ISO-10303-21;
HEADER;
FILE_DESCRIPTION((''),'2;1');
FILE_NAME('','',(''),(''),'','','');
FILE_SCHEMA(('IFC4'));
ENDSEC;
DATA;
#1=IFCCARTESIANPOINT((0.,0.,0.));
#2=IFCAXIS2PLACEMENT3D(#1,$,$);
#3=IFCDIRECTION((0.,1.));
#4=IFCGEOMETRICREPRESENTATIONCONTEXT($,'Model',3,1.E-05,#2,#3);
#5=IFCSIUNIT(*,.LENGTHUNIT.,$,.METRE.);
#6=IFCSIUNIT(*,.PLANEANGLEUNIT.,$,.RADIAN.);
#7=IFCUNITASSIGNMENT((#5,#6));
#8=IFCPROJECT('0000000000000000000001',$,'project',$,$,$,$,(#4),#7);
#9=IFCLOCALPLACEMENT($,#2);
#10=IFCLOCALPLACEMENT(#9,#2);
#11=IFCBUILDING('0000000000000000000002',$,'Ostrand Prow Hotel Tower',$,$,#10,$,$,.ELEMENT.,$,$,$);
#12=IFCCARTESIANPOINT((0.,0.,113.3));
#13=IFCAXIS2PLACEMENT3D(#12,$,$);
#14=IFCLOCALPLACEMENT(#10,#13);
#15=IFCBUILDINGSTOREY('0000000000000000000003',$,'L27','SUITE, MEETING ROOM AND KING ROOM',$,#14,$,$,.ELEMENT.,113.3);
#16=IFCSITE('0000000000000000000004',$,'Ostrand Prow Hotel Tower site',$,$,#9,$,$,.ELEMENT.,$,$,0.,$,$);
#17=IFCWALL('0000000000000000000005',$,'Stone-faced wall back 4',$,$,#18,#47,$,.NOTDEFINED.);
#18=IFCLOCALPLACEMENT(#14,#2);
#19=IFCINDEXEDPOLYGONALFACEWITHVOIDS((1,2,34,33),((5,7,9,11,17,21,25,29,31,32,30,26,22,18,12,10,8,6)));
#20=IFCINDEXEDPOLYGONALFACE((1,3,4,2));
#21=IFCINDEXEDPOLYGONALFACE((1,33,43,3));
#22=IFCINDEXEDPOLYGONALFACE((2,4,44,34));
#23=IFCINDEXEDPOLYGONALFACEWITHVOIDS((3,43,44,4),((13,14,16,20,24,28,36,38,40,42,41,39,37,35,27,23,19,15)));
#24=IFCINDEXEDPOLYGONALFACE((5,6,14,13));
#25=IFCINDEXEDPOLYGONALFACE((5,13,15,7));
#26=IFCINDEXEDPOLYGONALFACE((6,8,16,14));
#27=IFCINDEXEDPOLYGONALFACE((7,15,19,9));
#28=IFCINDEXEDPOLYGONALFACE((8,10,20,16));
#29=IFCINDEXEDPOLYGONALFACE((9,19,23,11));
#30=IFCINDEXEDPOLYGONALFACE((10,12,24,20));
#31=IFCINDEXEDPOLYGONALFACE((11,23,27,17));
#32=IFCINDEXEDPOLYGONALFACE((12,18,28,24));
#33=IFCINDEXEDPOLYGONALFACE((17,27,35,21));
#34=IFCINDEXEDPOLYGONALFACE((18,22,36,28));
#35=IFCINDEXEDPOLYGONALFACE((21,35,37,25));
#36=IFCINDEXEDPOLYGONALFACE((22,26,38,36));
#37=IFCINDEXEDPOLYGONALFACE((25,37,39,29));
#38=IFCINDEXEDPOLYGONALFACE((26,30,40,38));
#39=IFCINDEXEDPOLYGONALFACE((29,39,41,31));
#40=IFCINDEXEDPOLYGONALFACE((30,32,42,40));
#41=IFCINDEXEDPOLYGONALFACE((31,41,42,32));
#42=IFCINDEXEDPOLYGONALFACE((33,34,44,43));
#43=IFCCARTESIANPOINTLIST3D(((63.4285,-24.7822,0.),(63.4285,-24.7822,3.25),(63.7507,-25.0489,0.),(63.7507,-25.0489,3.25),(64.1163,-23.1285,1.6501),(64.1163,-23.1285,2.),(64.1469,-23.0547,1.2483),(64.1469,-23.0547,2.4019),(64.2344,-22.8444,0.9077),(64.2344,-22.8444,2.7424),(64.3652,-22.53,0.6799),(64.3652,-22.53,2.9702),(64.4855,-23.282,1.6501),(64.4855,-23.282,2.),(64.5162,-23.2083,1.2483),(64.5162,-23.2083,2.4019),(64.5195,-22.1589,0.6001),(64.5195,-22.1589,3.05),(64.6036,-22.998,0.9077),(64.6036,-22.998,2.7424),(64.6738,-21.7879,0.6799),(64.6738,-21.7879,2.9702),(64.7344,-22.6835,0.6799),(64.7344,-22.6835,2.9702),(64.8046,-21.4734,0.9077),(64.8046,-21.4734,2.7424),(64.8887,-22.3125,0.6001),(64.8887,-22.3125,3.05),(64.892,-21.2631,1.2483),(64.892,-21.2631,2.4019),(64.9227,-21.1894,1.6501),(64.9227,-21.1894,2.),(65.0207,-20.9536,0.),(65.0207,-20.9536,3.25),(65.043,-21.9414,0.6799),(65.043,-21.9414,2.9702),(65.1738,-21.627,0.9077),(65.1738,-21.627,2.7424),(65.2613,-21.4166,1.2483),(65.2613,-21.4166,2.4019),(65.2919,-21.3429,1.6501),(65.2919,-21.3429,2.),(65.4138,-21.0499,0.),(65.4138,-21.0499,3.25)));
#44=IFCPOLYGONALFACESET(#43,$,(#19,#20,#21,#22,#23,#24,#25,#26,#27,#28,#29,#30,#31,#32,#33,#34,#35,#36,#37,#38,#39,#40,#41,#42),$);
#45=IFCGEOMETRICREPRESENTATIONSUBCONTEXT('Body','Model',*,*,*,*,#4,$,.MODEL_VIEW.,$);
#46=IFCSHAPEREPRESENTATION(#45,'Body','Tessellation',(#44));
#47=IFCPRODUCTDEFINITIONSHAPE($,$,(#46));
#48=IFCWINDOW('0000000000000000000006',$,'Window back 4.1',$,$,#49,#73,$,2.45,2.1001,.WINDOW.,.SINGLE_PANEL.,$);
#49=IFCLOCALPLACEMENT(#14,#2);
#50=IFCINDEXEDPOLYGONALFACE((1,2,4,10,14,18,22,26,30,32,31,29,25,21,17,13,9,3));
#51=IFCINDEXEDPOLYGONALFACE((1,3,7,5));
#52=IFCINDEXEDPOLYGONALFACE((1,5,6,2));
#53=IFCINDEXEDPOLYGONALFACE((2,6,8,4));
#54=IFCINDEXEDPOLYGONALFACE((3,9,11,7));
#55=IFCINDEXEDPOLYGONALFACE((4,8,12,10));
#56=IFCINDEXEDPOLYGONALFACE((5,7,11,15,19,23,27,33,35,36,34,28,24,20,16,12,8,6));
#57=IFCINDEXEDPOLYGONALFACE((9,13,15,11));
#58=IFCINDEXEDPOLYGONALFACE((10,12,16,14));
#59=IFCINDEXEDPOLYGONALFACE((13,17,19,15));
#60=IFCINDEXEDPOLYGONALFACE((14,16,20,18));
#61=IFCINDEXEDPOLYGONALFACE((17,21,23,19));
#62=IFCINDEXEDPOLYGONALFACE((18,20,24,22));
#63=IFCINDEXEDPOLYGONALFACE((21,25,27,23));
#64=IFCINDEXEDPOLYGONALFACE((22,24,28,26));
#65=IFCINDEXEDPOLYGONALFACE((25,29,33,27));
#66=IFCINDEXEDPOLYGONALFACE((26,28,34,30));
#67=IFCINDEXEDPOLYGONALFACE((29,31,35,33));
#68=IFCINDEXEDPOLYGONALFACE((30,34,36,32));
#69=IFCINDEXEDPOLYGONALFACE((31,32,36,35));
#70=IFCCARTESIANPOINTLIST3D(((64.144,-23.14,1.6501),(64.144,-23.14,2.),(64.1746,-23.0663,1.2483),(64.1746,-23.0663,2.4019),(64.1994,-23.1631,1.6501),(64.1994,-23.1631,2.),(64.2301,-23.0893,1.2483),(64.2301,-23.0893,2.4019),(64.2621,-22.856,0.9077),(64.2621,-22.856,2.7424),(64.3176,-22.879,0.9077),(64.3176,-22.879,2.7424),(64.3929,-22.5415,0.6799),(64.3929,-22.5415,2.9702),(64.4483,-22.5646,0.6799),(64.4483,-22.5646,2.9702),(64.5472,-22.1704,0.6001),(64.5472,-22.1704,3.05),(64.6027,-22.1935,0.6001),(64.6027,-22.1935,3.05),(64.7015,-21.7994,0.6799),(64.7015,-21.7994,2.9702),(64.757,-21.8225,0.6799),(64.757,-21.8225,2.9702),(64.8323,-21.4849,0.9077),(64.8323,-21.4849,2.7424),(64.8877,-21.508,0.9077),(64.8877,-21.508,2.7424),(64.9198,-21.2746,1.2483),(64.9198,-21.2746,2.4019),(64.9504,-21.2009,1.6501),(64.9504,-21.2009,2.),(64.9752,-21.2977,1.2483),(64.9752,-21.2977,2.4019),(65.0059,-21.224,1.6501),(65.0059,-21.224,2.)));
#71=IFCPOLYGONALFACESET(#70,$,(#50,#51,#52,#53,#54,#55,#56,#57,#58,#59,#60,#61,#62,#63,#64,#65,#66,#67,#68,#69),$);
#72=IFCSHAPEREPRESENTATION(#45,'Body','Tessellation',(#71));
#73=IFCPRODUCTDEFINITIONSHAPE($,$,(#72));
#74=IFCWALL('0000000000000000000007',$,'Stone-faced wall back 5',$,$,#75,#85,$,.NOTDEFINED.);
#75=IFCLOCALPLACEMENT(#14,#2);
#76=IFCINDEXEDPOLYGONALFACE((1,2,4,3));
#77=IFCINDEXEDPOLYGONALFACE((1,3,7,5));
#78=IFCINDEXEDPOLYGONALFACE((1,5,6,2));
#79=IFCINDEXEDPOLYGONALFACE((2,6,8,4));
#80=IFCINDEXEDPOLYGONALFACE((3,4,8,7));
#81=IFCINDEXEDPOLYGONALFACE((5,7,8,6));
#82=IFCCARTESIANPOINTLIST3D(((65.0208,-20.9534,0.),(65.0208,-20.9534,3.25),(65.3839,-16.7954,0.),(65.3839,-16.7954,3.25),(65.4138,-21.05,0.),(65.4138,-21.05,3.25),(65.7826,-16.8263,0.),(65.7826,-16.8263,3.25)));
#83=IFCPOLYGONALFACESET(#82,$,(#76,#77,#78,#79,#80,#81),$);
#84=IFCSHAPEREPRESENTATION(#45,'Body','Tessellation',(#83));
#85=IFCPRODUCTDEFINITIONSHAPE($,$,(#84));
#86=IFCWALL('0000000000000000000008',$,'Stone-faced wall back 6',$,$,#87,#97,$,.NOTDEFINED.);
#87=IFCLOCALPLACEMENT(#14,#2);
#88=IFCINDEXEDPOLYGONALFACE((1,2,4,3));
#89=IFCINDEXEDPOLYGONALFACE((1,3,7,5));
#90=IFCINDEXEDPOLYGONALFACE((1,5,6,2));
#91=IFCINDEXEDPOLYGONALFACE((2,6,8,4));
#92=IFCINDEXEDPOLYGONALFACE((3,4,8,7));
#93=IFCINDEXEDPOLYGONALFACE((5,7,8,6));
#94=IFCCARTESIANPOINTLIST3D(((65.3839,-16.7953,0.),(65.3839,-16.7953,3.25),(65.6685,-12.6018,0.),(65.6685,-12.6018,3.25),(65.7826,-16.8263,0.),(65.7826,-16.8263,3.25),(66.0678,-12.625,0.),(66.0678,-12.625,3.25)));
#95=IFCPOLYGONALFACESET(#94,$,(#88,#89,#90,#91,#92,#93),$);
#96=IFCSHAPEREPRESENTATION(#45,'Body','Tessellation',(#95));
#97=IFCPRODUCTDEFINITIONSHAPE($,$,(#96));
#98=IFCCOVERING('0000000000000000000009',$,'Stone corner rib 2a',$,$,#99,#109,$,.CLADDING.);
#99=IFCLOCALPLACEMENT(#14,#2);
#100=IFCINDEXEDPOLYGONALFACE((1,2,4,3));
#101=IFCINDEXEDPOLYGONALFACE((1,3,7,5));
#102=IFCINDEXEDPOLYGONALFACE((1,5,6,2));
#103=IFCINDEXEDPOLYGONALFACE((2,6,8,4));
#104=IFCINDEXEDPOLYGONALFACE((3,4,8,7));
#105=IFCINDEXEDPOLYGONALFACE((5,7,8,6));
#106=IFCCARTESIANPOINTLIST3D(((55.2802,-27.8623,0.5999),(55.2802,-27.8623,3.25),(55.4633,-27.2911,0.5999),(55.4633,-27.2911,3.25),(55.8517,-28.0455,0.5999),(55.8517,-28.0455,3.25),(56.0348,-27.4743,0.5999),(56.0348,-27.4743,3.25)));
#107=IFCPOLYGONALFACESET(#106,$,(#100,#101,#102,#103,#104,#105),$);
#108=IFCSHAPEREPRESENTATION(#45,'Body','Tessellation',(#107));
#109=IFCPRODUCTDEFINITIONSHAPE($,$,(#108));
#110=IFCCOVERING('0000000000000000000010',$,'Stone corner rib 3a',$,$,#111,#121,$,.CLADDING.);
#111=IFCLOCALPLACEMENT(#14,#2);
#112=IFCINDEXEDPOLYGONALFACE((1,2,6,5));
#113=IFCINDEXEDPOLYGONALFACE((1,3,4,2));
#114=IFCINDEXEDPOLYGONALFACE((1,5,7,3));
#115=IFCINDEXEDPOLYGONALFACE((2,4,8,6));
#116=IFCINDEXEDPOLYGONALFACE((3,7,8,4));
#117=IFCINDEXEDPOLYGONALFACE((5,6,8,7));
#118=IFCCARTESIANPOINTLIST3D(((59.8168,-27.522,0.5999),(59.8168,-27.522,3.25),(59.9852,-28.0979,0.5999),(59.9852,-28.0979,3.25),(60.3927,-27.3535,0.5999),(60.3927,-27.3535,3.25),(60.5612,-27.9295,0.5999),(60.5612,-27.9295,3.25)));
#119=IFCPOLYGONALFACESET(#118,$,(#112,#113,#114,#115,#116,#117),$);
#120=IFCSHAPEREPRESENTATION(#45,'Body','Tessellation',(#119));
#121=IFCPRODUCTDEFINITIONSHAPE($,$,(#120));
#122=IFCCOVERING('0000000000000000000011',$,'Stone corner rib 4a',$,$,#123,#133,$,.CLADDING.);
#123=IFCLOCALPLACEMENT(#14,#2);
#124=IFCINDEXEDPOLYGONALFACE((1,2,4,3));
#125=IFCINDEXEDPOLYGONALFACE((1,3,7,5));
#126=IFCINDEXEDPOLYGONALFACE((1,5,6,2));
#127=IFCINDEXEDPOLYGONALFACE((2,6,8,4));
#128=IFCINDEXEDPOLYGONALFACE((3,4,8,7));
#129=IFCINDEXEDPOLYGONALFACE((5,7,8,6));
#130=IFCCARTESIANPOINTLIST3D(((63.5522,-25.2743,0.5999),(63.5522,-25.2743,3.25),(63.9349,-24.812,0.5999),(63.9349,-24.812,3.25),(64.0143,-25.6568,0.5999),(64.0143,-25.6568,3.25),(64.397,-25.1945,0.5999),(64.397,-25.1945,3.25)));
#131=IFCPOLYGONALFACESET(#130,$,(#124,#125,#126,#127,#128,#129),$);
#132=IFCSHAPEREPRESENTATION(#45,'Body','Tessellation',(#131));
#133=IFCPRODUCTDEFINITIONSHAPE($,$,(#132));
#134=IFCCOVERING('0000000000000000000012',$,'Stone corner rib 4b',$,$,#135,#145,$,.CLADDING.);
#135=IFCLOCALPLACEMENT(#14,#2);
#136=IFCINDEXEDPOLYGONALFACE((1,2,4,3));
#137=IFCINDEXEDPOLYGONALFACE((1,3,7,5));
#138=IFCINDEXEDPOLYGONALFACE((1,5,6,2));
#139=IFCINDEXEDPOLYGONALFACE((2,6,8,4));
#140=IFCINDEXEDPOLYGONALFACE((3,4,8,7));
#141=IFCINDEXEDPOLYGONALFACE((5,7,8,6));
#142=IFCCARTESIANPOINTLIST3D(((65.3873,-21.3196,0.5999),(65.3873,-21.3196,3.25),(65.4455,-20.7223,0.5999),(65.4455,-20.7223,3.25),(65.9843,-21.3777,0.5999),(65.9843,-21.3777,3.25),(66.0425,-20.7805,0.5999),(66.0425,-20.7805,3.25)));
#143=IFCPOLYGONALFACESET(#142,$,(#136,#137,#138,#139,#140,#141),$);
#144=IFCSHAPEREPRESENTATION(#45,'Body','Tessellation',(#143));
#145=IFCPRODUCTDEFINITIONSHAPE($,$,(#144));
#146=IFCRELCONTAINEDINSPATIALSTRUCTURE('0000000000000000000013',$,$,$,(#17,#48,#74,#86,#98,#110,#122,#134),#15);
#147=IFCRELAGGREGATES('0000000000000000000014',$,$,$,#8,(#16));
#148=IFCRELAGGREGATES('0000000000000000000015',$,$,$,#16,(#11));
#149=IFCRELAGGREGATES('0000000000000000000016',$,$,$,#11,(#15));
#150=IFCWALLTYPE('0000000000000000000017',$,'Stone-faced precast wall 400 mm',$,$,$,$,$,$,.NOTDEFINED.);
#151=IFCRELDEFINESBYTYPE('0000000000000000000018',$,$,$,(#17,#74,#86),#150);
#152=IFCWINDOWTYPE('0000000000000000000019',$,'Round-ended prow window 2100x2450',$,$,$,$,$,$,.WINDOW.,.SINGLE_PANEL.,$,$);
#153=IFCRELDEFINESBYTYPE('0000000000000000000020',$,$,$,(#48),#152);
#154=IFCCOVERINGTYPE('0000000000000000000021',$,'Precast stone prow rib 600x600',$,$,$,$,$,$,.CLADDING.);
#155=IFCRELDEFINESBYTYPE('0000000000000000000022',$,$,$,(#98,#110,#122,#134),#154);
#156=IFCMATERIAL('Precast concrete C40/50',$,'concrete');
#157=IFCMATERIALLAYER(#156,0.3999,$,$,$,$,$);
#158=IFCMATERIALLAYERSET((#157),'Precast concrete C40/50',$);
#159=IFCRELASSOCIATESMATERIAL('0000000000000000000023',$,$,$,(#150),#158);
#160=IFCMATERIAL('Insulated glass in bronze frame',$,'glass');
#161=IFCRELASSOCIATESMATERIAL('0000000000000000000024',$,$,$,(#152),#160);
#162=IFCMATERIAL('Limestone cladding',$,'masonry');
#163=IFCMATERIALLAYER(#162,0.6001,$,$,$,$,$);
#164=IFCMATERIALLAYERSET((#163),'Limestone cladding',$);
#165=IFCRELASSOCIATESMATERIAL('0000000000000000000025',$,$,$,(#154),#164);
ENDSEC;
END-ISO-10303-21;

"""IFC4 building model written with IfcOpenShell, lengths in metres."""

from ifc_helpers import new_model, si_unit, direction, frame, frame_2d, origin, place, context, subcontext, project, spatial, polyline, rectangle, outline, extrude, material, layer, layer_set, type_object, element, fill, save


model = new_model("IFC4")

# Units and contexts
model_context = context("Model", 3, precision=1e-05, world=origin(), true_north=direction((0.0, 1.0)))
body_context = subcontext(model_context, "Body", "Model", "MODEL_VIEW")
ifc_project = project(units=[si_unit("LENGTHUNIT", "METRE"), si_unit("PLANEANGLEUNIT", "RADIAN")], contexts=[model_context])

# Site, building, storey
site_placement = place(None, origin())
site = spatial("IfcSite", under=ifc_project, at=site_placement, Name="Ostrand Prow Hotel Tower site", CompositionType="ELEMENT", RefElevation=0.0)
building_placement = place(site_placement, origin())
building = spatial("IfcBuilding", under=site, at=building_placement, Name="Ostrand Prow Hotel Tower", CompositionType="ELEMENT")
storey_placement = place(building_placement, frame((0.0, 0.0, 113.3)))
storey = spatial("IfcBuildingStorey", under=building, at=storey_placement, Name="L27", Description="SUITE, MEETING ROOM AND KING ROOM", CompositionType="ELEMENT", Elevation=113.3)

# Wall, opening, window
ifc_material_1 = material(Name="Precast concrete C40/50", Category="concrete")
ifc_layer_1 = layer(ifc_material_1, 0.3999)
ifc_layer_set_1 = layer_set([ifc_layer_1], Name="Precast concrete C40/50")
wall_type_1 = type_object("IfcWallType", Name="Stone-faced precast wall 400 mm", PredefinedType="NOTDEFINED", material=ifc_layer_set_1)
wall_1_placement = place(storey_placement, frame((63.5896, -24.9155, 0.0), z_axis=(0.0, 0.0, 1.0), x_axis=(0.383998, 0.923334, 0.0)))
wall_1 = element("IfcWall", 1, at=wall_1_placement, inside=storey, type_object=wall_type_1, Name="Stone-faced wall back 4", PredefinedType="NOTDEFINED", context=body_context, shape_type="SweptSolid", body=[
    extrude(outline(polyline([(-0.0613, -0.2), (4.2698, -0.2), (4.2078, 0.2), (0.0613, 0.2), (-0.0613, -0.2)])), origin(), (0.0, 0.0, 1.0), 3.25),
])
opening_1_placement = place(wall_1_placement, frame((1.8523, 0.0, 0.6001)))
opening_1 = element("IfcOpeningElement", 2, at=opening_1_placement, cuts=wall_1, PredefinedType="OPENING", context=body_context, shape_type="SweptSolid", body=[
    extrude(outline(polyline([(0.0, 1.3999), (0.0798, 1.8018), (0.3076, 2.1423), (0.6482, 2.3701), (1.05, 2.45), (1.4519, 2.3701), (1.7925, 2.1423), (2.0203, 1.8018), (2.1001, 1.3999), (2.1001, 1.05), (2.0203, 0.6482), (1.7925, 0.3076), (1.4519, 0.0798), (1.05, 0.0), (0.6482, 0.0798), (0.3076, 0.3076), (0.0798, 0.6482), (0.0, 1.05), (0.0, 1.3999)])), frame((0.0, 0.21, 0.0), z_axis=(0.0, -1.0, 0.0), x_axis=(1.0, 0.0, 0.0)), (0.0, 0.0, 1.0), 0.4199),
])
ifc_material_2 = material(Name="Insulated glass in bronze frame", Category="glass")
window_type_1 = type_object("IfcWindowType", Name="Round-ended prow window 2100x2450", PartitioningType="SINGLE_PANEL", PredefinedType="WINDOW", material=ifc_material_2)
window_1_placement = place(opening_1_placement, origin())
window_1 = element("IfcWindow", 3, at=window_1_placement, inside=storey, type_object=window_type_1, Name="Window back 4.1", OverallHeight=2.45, OverallWidth=2.1001, PartitioningType="SINGLE_PANEL", PredefinedType="WINDOW", context=body_context, shape_type="SweptSolid", body=[
    extrude(outline(polyline([(0.0, 1.3999), (0.0798, 1.8018), (0.3076, 2.1423), (0.6482, 2.3701), (1.05, 2.45), (1.4519, 2.3701), (1.7925, 2.1423), (2.0203, 1.8018), (2.1001, 1.3999), (2.1001, 1.05), (2.0203, 0.6482), (1.7925, 0.3076), (1.4519, 0.0798), (1.05, 0.0), (0.6482, 0.0798), (0.3076, 0.3076), (0.0798, 0.6482), (0.0, 1.05), (0.0, 1.3999)])), frame((0.0, 0.1699, 0.0), z_axis=(0.0, -1.0, 0.0), x_axis=(1.0, 0.0, 0.0)), (0.0, 0.0, 1.0), 0.0601),
])
fill(opening_1, window_1)

# Walls
wall_2_placement = place(storey_placement, frame((65.2173, -21.0017, 0.0), z_axis=(0.0, 0.0, 1.0), x_axis=(0.086993, 0.996209, 0.0)))
element("IfcWall", 4, at=wall_2_placement, inside=storey, type_object=wall_type_1, Name="Stone-faced wall back 5", PredefinedType="NOTDEFINED", context=body_context, shape_type="SweptSolid", body=[
    extrude(outline(polyline([(-0.031, -0.2), (4.2087, -0.2), (4.2048, 0.2), (0.031, 0.2), (-0.031, -0.2)])), origin(), (0.0, 0.0, 1.0), 3.25),
])
wall_3_placement = place(storey_placement, frame((65.5833, -16.8108, 0.0), z_axis=(0.0, 0.0, 1.0), x_axis=(0.067725, 0.997704, 0.0)))
element("IfcWall", 5, at=wall_3_placement, inside=storey, type_object=wall_type_1, Name="Stone-faced wall back 6", PredefinedType="NOTDEFINED", context=body_context, shape_type="SweptSolid", body=[
    extrude(outline(polyline([(-0.002, -0.2), (4.209, -0.2), (4.2051, 0.2), (0.002, 0.2), (-0.002, -0.2)])), origin(), (0.0, 0.0, 1.0), 3.25),
])

# Coverings
ifc_material_3 = material(Name="Limestone cladding", Category="masonry")
ifc_layer_2 = layer(ifc_material_3, 0.6001)
ifc_layer_set_2 = layer_set([ifc_layer_2], Name="Limestone cladding")
covering_type = type_object("IfcCoveringType", Name="Precast stone prow rib 600x600", PredefinedType="CLADDING", material=ifc_layer_set_2)
covering_1_placement = place(storey_placement, frame((55.749, -27.3828, 0.5999), z_axis=(0.0, 0.0, 1.0), x_axis=(-0.305219, -0.952282, 0.0)))
element("IfcCovering", 6, at=covering_1_placement, inside=storey, type_object=covering_type, Name="Stone corner rib 2a", PredefinedType="CLADDING", context=body_context, shape_type="SweptSolid", body=[
    extrude(rectangle(XDim=0.5999, YDim=0.6001, at=frame_2d((0.2998, 0.0))), origin(), (0.0, 0.0, 1.0), 2.6501),
])
covering_2_placement = place(storey_placement, frame((60.1047, -27.4377, 0.5999), z_axis=(0.0, 0.0, 1.0), x_axis=(0.280734, -0.959786, 0.0)))
element("IfcCovering", 7, at=covering_2_placement, inside=storey, type_object=covering_type, Name="Stone corner rib 3a", PredefinedType="CLADDING", context=body_context, shape_type="SweptSolid", body=[
    extrude(rectangle(XDim=0.6001, YDim=0.6001, at=frame_2d((0.3, 0.0))), origin(), (0.0, 0.0, 1.0), 2.6501),
])
for number, where, z_axis, x_axis, name in (
    (8, (63.7437, -25.0432, 0.5999), (0.0, 0.0, 1.0), (0.770319, -0.637659, 0.0), "Stone corner rib 4a"),
    (9, (65.4165, -21.021, 0.5999), (0.0, 0.0, 1.0), (0.995296, -0.096884, 0.0), "Stone corner rib 4b"),
):
    element("IfcCovering", number, at=place(storey_placement, frame(where, z_axis=z_axis, x_axis=x_axis)), inside=storey, type_object=covering_type, Name=name, PredefinedType="CLADDING", context=body_context, shape_type="SweptSolid", body=[
        extrude(rectangle(XDim=0.5999, YDim=0.6001, at=frame_2d((0.2998, 0.0))), origin(), (0.0, 0.0, 1.0), 2.6501),
    ])

save(model, "model.ifc")
